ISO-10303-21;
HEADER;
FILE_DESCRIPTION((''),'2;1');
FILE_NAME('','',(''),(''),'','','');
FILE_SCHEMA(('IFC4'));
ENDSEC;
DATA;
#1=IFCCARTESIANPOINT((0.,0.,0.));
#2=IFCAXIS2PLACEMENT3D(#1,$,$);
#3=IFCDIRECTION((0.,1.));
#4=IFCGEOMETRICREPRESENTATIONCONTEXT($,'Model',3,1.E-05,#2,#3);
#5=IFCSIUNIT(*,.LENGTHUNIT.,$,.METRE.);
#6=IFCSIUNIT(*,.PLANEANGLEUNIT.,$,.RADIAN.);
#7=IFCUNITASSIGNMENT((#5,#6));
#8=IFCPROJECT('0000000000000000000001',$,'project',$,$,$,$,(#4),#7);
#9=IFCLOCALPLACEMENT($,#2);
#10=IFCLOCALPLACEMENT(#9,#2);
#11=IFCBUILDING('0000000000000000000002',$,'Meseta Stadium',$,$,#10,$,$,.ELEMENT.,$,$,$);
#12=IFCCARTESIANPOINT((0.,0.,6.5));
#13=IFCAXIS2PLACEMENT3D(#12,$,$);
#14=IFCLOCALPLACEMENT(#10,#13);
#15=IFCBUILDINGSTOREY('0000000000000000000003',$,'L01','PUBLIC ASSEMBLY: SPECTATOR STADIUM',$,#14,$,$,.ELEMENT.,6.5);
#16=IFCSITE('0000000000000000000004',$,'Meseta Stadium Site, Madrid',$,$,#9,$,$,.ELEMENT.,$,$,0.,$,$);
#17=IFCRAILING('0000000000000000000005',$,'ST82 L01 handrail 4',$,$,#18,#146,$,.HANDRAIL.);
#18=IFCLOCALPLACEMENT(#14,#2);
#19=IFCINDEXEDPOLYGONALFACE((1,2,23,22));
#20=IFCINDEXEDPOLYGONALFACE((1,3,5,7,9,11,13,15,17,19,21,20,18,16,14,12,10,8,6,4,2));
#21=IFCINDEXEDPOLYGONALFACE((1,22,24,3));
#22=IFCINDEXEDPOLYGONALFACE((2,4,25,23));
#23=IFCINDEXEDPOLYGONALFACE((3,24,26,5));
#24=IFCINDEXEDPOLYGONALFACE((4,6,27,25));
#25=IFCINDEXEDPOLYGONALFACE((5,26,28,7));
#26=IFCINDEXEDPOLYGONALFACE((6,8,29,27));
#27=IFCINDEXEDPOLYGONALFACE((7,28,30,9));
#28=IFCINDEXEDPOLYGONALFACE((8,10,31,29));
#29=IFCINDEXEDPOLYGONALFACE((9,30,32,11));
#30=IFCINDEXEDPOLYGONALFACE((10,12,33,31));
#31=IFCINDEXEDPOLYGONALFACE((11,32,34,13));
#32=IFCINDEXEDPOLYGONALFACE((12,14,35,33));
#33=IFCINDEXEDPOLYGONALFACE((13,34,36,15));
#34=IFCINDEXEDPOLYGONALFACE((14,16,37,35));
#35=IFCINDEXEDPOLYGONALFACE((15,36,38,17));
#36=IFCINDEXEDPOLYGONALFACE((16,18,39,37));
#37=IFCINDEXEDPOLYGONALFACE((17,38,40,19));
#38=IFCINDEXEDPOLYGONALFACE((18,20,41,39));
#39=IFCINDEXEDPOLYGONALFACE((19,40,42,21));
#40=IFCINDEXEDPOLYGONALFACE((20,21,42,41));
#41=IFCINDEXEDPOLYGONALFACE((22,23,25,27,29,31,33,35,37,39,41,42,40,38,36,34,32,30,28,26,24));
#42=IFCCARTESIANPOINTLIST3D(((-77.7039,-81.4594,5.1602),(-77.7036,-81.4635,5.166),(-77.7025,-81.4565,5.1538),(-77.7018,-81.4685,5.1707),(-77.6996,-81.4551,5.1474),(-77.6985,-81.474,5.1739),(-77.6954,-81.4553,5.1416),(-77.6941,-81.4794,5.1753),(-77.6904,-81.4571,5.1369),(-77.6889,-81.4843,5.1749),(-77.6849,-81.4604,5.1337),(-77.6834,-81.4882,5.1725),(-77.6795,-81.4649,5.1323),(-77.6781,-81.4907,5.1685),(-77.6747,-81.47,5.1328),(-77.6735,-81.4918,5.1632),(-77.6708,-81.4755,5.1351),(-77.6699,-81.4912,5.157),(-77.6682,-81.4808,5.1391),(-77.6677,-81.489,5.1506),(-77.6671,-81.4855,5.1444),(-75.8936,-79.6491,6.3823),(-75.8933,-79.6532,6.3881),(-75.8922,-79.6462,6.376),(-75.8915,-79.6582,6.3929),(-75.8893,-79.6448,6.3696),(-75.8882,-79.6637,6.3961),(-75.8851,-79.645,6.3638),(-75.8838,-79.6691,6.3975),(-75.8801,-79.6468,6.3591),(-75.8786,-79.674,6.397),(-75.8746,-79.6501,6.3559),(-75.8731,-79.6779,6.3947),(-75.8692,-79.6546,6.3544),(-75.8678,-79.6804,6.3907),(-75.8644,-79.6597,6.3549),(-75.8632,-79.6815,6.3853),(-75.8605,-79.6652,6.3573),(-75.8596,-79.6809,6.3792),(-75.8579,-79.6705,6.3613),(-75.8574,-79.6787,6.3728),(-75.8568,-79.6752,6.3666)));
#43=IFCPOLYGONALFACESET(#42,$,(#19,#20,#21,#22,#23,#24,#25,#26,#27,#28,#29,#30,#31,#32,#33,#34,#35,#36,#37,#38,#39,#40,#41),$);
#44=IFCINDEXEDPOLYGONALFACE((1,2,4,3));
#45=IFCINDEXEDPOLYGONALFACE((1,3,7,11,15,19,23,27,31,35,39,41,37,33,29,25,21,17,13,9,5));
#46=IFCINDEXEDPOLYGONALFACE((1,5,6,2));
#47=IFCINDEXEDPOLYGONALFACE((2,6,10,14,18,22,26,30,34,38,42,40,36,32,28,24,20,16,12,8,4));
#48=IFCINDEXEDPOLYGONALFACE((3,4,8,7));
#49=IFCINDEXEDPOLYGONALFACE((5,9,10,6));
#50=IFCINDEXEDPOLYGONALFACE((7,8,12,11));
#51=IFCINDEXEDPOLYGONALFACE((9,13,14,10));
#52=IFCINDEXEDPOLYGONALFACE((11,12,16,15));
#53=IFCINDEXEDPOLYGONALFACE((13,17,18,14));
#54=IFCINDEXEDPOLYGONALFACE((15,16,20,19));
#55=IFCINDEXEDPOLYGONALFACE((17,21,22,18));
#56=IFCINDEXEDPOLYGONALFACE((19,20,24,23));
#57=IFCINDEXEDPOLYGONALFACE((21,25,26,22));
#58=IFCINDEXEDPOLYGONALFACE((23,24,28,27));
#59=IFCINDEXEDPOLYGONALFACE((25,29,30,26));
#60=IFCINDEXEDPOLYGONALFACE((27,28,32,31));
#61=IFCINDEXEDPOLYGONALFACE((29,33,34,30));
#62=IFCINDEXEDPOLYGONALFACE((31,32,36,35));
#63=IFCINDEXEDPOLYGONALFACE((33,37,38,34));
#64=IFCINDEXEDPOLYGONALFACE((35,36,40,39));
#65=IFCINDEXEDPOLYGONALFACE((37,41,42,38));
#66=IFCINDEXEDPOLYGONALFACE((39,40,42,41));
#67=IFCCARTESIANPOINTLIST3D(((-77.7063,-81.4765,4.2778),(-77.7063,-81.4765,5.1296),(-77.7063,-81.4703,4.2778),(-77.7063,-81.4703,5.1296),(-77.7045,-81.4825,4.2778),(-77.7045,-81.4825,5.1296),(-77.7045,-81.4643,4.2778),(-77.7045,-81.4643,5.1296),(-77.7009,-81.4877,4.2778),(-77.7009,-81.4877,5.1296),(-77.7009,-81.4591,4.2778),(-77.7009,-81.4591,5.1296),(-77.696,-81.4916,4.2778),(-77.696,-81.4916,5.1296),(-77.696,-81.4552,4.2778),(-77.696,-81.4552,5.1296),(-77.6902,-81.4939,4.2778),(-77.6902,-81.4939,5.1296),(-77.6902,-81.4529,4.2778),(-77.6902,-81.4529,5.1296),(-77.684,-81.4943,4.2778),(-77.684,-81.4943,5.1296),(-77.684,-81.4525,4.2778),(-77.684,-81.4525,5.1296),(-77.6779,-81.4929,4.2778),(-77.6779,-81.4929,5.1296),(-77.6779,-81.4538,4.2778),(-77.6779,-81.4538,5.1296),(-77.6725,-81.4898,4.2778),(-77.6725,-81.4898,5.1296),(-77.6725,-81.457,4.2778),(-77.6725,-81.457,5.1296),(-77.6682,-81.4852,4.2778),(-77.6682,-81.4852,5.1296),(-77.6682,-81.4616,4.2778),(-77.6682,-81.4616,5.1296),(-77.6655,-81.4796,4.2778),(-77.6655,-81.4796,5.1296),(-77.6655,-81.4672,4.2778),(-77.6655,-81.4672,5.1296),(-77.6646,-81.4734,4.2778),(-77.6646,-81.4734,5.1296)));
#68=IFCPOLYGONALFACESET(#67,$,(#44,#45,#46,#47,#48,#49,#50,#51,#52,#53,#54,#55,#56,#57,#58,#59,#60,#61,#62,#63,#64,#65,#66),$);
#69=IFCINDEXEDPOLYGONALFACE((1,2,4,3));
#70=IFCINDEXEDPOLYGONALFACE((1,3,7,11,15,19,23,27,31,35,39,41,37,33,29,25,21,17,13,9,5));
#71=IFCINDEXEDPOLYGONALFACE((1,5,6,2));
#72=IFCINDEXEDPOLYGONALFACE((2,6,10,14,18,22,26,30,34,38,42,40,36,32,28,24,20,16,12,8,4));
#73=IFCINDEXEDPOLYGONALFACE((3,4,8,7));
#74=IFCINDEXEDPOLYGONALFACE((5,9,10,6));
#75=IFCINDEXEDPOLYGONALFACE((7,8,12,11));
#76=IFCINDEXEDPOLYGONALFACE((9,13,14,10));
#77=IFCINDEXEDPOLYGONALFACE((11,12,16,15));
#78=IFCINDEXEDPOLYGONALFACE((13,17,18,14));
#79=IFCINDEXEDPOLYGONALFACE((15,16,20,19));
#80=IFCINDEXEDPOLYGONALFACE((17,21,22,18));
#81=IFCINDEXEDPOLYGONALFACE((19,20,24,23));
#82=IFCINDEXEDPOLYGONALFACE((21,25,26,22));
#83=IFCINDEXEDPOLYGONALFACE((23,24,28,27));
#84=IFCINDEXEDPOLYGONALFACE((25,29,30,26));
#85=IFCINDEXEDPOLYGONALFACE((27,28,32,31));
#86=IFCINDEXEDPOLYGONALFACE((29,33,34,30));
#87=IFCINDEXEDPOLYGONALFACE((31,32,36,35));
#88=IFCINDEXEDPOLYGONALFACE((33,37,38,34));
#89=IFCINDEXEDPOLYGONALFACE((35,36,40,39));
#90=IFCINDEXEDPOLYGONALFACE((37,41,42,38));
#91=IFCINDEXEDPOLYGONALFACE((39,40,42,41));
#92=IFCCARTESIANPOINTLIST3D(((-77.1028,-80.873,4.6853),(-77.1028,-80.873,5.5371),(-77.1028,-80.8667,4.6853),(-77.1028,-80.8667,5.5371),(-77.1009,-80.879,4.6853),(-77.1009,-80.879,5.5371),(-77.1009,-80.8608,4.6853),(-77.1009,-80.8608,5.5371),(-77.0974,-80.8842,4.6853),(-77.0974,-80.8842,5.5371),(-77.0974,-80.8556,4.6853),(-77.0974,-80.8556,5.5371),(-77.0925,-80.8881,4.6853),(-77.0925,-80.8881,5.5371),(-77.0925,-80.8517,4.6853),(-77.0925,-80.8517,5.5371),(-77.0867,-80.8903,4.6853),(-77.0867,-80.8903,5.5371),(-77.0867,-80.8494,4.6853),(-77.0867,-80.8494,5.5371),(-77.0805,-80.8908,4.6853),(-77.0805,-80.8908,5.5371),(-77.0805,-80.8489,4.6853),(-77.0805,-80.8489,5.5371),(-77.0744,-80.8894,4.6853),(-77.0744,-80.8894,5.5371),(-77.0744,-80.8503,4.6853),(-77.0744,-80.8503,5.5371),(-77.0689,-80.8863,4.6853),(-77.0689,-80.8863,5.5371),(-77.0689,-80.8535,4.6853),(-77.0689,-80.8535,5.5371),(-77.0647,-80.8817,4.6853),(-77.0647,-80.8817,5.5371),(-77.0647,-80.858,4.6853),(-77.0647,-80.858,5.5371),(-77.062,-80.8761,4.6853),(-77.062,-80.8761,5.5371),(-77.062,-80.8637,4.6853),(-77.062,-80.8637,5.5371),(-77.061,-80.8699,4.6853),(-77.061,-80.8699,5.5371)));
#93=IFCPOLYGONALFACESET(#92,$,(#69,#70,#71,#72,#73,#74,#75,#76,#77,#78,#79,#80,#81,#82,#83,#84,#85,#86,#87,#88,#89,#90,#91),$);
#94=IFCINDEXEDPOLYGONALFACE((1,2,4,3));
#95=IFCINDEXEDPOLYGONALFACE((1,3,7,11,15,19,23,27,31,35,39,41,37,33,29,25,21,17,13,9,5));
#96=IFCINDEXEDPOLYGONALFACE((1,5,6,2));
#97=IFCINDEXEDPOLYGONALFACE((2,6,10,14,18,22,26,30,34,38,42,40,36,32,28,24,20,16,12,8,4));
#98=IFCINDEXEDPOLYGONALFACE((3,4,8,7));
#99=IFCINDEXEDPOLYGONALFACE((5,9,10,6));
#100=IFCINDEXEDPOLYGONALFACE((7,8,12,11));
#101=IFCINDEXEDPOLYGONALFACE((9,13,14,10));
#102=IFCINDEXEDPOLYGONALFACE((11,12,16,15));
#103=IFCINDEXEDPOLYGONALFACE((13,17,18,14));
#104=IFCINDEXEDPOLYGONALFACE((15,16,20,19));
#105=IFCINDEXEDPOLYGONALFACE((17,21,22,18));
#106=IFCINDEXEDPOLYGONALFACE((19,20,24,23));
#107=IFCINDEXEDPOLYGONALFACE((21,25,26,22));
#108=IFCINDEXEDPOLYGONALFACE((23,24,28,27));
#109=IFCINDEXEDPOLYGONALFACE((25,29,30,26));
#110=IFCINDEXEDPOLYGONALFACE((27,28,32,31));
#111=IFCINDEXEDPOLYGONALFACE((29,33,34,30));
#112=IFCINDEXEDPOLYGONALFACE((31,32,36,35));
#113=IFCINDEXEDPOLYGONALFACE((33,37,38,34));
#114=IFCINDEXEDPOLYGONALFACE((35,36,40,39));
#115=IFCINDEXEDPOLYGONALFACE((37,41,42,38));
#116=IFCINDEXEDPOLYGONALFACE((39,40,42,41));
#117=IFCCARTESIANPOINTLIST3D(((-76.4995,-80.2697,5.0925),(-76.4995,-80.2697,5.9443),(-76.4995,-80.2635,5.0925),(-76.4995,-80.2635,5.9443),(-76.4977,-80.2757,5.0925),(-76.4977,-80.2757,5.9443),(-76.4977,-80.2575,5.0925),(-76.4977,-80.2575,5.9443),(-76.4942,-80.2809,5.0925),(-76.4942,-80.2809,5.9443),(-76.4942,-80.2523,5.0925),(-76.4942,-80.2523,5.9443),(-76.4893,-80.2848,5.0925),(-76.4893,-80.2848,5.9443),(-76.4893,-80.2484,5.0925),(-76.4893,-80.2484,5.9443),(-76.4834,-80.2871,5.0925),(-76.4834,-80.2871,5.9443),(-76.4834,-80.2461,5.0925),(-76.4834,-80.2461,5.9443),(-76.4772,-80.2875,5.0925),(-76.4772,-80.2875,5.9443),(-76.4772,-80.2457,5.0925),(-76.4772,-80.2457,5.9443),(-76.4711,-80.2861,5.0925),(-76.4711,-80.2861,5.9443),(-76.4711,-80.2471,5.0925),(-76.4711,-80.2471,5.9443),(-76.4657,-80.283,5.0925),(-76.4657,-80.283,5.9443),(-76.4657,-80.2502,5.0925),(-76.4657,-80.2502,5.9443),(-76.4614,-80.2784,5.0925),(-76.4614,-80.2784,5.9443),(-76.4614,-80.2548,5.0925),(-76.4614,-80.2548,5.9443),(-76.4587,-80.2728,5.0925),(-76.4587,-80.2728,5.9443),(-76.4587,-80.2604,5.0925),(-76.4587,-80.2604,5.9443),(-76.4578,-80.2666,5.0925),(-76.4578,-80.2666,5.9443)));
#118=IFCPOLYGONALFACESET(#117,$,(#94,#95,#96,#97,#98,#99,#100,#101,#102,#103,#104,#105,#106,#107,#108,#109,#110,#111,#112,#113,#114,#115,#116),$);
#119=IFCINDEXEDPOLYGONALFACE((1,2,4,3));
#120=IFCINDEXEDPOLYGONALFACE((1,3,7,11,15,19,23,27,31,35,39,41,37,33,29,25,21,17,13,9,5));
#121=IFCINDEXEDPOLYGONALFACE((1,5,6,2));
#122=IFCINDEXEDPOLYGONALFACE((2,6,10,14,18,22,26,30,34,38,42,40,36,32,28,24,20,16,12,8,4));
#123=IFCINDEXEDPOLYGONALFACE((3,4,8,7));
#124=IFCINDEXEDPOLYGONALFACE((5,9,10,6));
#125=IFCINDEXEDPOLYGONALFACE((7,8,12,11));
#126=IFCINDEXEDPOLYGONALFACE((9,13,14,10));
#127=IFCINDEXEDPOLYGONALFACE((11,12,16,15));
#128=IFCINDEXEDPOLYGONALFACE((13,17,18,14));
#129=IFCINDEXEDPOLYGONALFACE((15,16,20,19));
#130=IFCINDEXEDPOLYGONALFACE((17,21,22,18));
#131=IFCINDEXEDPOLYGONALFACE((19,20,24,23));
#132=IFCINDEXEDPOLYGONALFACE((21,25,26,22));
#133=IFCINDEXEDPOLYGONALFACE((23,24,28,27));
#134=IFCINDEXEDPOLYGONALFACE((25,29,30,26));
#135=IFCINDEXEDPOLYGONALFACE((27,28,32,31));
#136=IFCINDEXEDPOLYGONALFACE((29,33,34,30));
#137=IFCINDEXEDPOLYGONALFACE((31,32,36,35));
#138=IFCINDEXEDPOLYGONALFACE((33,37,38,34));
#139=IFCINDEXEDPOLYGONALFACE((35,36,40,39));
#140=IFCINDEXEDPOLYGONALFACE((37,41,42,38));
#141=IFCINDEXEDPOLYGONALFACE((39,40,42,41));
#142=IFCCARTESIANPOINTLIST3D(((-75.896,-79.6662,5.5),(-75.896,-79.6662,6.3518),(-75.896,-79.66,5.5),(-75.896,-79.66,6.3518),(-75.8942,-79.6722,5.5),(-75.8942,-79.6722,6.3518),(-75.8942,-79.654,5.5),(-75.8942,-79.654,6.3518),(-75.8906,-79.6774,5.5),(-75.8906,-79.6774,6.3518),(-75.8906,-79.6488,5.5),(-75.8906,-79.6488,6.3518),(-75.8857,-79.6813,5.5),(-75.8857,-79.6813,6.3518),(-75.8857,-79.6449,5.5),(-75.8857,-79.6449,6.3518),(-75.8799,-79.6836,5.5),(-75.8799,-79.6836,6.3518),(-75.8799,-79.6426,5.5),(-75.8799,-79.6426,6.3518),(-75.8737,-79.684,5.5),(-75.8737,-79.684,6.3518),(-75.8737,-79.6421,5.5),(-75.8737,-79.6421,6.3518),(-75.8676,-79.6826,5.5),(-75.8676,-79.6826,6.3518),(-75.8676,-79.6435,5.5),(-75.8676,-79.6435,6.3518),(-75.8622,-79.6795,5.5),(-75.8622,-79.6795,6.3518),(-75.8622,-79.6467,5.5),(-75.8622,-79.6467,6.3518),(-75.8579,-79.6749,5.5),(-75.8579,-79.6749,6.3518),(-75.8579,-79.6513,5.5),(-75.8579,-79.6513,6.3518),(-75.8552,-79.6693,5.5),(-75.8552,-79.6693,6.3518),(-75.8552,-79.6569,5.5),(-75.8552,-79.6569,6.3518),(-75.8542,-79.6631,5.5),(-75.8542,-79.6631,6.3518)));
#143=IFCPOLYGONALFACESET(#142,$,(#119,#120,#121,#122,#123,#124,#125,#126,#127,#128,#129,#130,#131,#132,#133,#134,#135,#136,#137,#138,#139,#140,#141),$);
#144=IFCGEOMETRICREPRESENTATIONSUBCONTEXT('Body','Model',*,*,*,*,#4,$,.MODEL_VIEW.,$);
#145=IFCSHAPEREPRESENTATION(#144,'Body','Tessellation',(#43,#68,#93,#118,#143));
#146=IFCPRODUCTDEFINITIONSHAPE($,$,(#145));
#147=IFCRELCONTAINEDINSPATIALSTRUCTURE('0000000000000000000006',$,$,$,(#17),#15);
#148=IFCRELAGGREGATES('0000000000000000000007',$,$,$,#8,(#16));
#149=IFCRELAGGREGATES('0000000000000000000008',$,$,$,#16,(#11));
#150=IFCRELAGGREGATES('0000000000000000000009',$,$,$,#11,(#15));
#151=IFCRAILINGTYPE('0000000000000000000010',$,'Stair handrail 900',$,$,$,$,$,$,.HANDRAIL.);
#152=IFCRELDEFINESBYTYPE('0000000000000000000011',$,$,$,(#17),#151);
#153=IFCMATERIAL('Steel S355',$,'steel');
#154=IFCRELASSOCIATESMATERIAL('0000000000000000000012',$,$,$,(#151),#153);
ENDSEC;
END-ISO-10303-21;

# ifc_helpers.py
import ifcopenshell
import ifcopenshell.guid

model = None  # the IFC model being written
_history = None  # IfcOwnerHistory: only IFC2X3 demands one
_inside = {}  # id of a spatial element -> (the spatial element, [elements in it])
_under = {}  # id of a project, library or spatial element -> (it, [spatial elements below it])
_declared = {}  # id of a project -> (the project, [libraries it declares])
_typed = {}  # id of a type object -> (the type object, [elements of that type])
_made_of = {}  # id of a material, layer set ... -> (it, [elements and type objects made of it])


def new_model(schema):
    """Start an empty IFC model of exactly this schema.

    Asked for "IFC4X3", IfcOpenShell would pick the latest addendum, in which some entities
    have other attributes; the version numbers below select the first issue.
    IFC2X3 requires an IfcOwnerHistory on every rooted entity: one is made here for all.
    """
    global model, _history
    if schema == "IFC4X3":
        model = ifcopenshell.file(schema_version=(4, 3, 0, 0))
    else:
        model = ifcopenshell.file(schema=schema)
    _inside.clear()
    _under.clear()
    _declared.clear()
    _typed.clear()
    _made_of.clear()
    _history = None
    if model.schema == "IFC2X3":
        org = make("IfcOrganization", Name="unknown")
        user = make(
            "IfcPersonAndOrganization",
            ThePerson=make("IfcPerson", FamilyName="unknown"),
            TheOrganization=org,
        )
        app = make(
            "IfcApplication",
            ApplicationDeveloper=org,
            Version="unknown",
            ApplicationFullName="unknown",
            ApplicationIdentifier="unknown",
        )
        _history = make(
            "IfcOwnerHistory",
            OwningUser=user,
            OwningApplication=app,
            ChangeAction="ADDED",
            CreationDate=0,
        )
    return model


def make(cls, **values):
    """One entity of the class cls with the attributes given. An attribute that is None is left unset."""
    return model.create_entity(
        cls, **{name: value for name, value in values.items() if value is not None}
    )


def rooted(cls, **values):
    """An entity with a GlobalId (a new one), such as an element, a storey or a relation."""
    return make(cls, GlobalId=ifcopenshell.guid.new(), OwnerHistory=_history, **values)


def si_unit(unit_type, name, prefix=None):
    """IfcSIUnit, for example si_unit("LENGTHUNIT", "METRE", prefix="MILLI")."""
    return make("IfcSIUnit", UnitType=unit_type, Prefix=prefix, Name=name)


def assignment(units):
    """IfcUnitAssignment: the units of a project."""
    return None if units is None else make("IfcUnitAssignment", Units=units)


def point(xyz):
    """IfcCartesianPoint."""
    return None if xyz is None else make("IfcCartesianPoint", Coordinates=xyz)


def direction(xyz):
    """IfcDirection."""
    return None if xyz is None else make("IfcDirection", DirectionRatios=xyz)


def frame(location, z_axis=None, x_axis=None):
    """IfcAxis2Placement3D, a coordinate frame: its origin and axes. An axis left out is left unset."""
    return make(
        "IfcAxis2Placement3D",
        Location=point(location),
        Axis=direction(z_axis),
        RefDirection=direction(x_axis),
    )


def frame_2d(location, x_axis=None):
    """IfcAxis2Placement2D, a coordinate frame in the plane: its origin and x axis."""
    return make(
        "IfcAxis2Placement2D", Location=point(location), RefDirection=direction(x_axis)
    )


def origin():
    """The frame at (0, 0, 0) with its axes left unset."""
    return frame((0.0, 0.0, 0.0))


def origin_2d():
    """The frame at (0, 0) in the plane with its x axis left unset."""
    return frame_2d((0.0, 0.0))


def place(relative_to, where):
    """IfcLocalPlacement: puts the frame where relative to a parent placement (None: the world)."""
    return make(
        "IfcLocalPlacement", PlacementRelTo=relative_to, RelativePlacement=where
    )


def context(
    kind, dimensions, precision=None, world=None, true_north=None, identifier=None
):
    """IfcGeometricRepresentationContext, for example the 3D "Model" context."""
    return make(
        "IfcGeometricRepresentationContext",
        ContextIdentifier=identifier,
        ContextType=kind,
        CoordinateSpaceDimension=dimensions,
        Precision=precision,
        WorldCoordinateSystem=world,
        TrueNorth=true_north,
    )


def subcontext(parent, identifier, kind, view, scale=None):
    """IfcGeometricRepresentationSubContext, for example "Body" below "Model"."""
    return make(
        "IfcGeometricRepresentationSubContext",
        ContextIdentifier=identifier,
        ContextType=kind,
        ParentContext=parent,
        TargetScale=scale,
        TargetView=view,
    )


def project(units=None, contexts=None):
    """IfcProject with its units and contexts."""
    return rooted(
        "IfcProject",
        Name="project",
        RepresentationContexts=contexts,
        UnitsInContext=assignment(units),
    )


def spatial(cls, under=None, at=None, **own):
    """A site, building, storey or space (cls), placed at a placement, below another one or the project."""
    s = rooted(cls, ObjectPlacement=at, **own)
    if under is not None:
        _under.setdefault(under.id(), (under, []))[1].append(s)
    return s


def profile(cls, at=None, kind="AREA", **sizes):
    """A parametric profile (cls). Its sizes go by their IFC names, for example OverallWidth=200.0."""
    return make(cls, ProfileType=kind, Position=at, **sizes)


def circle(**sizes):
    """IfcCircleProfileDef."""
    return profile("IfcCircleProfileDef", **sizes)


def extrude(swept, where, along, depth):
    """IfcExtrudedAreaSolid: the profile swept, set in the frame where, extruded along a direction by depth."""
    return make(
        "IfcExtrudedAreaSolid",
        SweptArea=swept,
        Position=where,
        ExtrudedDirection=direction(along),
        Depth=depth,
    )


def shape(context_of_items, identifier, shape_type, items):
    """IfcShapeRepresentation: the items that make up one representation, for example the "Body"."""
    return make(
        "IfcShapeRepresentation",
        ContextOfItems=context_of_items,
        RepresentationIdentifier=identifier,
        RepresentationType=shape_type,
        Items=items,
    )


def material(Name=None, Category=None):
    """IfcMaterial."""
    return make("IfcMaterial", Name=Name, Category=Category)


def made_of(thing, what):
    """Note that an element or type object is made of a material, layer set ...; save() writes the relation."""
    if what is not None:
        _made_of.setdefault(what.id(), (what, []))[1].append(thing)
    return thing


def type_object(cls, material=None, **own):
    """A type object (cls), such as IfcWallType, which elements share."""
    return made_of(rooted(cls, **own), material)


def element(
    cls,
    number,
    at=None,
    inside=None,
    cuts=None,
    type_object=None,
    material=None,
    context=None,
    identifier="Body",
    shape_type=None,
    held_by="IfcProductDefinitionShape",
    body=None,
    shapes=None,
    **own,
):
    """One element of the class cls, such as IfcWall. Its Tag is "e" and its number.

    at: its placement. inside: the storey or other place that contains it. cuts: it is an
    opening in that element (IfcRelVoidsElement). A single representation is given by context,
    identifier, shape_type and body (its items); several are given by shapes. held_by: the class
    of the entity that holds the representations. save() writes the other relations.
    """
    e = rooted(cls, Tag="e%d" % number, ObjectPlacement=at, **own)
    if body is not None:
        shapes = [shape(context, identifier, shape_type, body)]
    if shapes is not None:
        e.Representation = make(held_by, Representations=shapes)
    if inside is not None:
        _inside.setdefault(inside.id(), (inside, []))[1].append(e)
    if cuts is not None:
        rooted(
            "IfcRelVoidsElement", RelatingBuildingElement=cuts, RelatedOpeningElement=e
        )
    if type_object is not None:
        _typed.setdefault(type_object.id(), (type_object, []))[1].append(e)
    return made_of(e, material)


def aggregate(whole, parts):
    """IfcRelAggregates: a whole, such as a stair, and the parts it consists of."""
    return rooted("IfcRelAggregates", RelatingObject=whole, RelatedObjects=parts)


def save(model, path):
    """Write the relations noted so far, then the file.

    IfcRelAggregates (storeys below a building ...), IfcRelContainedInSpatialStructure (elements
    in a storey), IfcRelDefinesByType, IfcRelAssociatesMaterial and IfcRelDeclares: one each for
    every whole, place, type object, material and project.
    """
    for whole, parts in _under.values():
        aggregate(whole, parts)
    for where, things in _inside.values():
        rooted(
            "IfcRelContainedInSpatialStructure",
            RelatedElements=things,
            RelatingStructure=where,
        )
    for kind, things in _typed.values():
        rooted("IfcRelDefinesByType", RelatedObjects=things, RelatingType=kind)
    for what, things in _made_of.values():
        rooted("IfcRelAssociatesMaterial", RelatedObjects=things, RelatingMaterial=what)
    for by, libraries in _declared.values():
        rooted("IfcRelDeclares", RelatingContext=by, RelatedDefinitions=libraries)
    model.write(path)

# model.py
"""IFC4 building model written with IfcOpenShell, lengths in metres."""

from ifc_helpers import new_model, si_unit, direction, frame, origin, origin_2d, place, context, subcontext, project, spatial, circle, extrude, material, type_object, element, save


model = new_model("IFC4")

# Units and contexts
model_context = context("Model", 3, precision=1e-05, world=origin(), true_north=direction((0.0, 1.0)))
body_context = subcontext(model_context, "Body", "Model", "MODEL_VIEW")
ifc_project = project(units=[si_unit("LENGTHUNIT", "METRE"), si_unit("PLANEANGLEUNIT", "RADIAN")], contexts=[model_context])

# Site, building, storey
site_placement = place(None, origin())
site = spatial("IfcSite", under=ifc_project, at=site_placement, Name="Meseta Stadium Site, Madrid", CompositionType="ELEMENT", RefElevation=0.0)
building_placement = place(site_placement, origin())
building = spatial("IfcBuilding", under=site, at=building_placement, Name="Meseta Stadium", CompositionType="ELEMENT")
storey_placement = place(building_placement, frame((0.0, 0.0, 6.5)))
storey = spatial("IfcBuildingStorey", under=building, at=storey_placement, Name="L01", Description="PUBLIC ASSEMBLY: SPECTATOR STADIUM", CompositionType="ELEMENT", Elevation=6.5)

# Railing
ifc_material_1 = material(Name="Steel S355", Category="steel")
railing_type_1 = type_object("IfcRailingType", Name="Stair handrail 900", PredefinedType="HANDRAIL", material=ifc_material_1)
for number, where, name in (
    (1, (-77.6855, -81.4734, 4.2778), "ST82 L01 handrail 4"),
):
    element("IfcRailing", number, at=place(storey_placement, frame(where)), inside=storey, type_object=railing_type_1, Name=name, PredefinedType="HANDRAIL", context=body_context, shape_type="SweptSolid", body=[
        extrude(circle(Radius=0.0239, at=origin_2d()), frame((0.0, 0.0, 0.876), z_axis=(0.638124, 0.638124, 0.430809), x_axis=(-0.707107, 0.707107, 0.0)), (0.0, 0.0, 1.0), 2.8369),
        extrude(circle(Radius=0.021, at=origin_2d()), origin(), (0.0, 0.0, 1.0), 0.8518),
        extrude(circle(Radius=0.021, at=origin_2d()), frame((0.6035, 0.6035, 0.4075)), (0.0, 0.0, 1.0), 0.8518),
        extrude(circle(Radius=0.021, at=origin_2d()), frame((1.2068, 1.2068, 0.8147)), (0.0, 0.0, 1.0), 0.8518),
        extrude(circle(Radius=0.021, at=origin_2d()), frame((1.8103, 1.8103, 1.2222)), (0.0, 0.0, 1.0), 0.8518),
    ])

save(model, "model.ifc")
